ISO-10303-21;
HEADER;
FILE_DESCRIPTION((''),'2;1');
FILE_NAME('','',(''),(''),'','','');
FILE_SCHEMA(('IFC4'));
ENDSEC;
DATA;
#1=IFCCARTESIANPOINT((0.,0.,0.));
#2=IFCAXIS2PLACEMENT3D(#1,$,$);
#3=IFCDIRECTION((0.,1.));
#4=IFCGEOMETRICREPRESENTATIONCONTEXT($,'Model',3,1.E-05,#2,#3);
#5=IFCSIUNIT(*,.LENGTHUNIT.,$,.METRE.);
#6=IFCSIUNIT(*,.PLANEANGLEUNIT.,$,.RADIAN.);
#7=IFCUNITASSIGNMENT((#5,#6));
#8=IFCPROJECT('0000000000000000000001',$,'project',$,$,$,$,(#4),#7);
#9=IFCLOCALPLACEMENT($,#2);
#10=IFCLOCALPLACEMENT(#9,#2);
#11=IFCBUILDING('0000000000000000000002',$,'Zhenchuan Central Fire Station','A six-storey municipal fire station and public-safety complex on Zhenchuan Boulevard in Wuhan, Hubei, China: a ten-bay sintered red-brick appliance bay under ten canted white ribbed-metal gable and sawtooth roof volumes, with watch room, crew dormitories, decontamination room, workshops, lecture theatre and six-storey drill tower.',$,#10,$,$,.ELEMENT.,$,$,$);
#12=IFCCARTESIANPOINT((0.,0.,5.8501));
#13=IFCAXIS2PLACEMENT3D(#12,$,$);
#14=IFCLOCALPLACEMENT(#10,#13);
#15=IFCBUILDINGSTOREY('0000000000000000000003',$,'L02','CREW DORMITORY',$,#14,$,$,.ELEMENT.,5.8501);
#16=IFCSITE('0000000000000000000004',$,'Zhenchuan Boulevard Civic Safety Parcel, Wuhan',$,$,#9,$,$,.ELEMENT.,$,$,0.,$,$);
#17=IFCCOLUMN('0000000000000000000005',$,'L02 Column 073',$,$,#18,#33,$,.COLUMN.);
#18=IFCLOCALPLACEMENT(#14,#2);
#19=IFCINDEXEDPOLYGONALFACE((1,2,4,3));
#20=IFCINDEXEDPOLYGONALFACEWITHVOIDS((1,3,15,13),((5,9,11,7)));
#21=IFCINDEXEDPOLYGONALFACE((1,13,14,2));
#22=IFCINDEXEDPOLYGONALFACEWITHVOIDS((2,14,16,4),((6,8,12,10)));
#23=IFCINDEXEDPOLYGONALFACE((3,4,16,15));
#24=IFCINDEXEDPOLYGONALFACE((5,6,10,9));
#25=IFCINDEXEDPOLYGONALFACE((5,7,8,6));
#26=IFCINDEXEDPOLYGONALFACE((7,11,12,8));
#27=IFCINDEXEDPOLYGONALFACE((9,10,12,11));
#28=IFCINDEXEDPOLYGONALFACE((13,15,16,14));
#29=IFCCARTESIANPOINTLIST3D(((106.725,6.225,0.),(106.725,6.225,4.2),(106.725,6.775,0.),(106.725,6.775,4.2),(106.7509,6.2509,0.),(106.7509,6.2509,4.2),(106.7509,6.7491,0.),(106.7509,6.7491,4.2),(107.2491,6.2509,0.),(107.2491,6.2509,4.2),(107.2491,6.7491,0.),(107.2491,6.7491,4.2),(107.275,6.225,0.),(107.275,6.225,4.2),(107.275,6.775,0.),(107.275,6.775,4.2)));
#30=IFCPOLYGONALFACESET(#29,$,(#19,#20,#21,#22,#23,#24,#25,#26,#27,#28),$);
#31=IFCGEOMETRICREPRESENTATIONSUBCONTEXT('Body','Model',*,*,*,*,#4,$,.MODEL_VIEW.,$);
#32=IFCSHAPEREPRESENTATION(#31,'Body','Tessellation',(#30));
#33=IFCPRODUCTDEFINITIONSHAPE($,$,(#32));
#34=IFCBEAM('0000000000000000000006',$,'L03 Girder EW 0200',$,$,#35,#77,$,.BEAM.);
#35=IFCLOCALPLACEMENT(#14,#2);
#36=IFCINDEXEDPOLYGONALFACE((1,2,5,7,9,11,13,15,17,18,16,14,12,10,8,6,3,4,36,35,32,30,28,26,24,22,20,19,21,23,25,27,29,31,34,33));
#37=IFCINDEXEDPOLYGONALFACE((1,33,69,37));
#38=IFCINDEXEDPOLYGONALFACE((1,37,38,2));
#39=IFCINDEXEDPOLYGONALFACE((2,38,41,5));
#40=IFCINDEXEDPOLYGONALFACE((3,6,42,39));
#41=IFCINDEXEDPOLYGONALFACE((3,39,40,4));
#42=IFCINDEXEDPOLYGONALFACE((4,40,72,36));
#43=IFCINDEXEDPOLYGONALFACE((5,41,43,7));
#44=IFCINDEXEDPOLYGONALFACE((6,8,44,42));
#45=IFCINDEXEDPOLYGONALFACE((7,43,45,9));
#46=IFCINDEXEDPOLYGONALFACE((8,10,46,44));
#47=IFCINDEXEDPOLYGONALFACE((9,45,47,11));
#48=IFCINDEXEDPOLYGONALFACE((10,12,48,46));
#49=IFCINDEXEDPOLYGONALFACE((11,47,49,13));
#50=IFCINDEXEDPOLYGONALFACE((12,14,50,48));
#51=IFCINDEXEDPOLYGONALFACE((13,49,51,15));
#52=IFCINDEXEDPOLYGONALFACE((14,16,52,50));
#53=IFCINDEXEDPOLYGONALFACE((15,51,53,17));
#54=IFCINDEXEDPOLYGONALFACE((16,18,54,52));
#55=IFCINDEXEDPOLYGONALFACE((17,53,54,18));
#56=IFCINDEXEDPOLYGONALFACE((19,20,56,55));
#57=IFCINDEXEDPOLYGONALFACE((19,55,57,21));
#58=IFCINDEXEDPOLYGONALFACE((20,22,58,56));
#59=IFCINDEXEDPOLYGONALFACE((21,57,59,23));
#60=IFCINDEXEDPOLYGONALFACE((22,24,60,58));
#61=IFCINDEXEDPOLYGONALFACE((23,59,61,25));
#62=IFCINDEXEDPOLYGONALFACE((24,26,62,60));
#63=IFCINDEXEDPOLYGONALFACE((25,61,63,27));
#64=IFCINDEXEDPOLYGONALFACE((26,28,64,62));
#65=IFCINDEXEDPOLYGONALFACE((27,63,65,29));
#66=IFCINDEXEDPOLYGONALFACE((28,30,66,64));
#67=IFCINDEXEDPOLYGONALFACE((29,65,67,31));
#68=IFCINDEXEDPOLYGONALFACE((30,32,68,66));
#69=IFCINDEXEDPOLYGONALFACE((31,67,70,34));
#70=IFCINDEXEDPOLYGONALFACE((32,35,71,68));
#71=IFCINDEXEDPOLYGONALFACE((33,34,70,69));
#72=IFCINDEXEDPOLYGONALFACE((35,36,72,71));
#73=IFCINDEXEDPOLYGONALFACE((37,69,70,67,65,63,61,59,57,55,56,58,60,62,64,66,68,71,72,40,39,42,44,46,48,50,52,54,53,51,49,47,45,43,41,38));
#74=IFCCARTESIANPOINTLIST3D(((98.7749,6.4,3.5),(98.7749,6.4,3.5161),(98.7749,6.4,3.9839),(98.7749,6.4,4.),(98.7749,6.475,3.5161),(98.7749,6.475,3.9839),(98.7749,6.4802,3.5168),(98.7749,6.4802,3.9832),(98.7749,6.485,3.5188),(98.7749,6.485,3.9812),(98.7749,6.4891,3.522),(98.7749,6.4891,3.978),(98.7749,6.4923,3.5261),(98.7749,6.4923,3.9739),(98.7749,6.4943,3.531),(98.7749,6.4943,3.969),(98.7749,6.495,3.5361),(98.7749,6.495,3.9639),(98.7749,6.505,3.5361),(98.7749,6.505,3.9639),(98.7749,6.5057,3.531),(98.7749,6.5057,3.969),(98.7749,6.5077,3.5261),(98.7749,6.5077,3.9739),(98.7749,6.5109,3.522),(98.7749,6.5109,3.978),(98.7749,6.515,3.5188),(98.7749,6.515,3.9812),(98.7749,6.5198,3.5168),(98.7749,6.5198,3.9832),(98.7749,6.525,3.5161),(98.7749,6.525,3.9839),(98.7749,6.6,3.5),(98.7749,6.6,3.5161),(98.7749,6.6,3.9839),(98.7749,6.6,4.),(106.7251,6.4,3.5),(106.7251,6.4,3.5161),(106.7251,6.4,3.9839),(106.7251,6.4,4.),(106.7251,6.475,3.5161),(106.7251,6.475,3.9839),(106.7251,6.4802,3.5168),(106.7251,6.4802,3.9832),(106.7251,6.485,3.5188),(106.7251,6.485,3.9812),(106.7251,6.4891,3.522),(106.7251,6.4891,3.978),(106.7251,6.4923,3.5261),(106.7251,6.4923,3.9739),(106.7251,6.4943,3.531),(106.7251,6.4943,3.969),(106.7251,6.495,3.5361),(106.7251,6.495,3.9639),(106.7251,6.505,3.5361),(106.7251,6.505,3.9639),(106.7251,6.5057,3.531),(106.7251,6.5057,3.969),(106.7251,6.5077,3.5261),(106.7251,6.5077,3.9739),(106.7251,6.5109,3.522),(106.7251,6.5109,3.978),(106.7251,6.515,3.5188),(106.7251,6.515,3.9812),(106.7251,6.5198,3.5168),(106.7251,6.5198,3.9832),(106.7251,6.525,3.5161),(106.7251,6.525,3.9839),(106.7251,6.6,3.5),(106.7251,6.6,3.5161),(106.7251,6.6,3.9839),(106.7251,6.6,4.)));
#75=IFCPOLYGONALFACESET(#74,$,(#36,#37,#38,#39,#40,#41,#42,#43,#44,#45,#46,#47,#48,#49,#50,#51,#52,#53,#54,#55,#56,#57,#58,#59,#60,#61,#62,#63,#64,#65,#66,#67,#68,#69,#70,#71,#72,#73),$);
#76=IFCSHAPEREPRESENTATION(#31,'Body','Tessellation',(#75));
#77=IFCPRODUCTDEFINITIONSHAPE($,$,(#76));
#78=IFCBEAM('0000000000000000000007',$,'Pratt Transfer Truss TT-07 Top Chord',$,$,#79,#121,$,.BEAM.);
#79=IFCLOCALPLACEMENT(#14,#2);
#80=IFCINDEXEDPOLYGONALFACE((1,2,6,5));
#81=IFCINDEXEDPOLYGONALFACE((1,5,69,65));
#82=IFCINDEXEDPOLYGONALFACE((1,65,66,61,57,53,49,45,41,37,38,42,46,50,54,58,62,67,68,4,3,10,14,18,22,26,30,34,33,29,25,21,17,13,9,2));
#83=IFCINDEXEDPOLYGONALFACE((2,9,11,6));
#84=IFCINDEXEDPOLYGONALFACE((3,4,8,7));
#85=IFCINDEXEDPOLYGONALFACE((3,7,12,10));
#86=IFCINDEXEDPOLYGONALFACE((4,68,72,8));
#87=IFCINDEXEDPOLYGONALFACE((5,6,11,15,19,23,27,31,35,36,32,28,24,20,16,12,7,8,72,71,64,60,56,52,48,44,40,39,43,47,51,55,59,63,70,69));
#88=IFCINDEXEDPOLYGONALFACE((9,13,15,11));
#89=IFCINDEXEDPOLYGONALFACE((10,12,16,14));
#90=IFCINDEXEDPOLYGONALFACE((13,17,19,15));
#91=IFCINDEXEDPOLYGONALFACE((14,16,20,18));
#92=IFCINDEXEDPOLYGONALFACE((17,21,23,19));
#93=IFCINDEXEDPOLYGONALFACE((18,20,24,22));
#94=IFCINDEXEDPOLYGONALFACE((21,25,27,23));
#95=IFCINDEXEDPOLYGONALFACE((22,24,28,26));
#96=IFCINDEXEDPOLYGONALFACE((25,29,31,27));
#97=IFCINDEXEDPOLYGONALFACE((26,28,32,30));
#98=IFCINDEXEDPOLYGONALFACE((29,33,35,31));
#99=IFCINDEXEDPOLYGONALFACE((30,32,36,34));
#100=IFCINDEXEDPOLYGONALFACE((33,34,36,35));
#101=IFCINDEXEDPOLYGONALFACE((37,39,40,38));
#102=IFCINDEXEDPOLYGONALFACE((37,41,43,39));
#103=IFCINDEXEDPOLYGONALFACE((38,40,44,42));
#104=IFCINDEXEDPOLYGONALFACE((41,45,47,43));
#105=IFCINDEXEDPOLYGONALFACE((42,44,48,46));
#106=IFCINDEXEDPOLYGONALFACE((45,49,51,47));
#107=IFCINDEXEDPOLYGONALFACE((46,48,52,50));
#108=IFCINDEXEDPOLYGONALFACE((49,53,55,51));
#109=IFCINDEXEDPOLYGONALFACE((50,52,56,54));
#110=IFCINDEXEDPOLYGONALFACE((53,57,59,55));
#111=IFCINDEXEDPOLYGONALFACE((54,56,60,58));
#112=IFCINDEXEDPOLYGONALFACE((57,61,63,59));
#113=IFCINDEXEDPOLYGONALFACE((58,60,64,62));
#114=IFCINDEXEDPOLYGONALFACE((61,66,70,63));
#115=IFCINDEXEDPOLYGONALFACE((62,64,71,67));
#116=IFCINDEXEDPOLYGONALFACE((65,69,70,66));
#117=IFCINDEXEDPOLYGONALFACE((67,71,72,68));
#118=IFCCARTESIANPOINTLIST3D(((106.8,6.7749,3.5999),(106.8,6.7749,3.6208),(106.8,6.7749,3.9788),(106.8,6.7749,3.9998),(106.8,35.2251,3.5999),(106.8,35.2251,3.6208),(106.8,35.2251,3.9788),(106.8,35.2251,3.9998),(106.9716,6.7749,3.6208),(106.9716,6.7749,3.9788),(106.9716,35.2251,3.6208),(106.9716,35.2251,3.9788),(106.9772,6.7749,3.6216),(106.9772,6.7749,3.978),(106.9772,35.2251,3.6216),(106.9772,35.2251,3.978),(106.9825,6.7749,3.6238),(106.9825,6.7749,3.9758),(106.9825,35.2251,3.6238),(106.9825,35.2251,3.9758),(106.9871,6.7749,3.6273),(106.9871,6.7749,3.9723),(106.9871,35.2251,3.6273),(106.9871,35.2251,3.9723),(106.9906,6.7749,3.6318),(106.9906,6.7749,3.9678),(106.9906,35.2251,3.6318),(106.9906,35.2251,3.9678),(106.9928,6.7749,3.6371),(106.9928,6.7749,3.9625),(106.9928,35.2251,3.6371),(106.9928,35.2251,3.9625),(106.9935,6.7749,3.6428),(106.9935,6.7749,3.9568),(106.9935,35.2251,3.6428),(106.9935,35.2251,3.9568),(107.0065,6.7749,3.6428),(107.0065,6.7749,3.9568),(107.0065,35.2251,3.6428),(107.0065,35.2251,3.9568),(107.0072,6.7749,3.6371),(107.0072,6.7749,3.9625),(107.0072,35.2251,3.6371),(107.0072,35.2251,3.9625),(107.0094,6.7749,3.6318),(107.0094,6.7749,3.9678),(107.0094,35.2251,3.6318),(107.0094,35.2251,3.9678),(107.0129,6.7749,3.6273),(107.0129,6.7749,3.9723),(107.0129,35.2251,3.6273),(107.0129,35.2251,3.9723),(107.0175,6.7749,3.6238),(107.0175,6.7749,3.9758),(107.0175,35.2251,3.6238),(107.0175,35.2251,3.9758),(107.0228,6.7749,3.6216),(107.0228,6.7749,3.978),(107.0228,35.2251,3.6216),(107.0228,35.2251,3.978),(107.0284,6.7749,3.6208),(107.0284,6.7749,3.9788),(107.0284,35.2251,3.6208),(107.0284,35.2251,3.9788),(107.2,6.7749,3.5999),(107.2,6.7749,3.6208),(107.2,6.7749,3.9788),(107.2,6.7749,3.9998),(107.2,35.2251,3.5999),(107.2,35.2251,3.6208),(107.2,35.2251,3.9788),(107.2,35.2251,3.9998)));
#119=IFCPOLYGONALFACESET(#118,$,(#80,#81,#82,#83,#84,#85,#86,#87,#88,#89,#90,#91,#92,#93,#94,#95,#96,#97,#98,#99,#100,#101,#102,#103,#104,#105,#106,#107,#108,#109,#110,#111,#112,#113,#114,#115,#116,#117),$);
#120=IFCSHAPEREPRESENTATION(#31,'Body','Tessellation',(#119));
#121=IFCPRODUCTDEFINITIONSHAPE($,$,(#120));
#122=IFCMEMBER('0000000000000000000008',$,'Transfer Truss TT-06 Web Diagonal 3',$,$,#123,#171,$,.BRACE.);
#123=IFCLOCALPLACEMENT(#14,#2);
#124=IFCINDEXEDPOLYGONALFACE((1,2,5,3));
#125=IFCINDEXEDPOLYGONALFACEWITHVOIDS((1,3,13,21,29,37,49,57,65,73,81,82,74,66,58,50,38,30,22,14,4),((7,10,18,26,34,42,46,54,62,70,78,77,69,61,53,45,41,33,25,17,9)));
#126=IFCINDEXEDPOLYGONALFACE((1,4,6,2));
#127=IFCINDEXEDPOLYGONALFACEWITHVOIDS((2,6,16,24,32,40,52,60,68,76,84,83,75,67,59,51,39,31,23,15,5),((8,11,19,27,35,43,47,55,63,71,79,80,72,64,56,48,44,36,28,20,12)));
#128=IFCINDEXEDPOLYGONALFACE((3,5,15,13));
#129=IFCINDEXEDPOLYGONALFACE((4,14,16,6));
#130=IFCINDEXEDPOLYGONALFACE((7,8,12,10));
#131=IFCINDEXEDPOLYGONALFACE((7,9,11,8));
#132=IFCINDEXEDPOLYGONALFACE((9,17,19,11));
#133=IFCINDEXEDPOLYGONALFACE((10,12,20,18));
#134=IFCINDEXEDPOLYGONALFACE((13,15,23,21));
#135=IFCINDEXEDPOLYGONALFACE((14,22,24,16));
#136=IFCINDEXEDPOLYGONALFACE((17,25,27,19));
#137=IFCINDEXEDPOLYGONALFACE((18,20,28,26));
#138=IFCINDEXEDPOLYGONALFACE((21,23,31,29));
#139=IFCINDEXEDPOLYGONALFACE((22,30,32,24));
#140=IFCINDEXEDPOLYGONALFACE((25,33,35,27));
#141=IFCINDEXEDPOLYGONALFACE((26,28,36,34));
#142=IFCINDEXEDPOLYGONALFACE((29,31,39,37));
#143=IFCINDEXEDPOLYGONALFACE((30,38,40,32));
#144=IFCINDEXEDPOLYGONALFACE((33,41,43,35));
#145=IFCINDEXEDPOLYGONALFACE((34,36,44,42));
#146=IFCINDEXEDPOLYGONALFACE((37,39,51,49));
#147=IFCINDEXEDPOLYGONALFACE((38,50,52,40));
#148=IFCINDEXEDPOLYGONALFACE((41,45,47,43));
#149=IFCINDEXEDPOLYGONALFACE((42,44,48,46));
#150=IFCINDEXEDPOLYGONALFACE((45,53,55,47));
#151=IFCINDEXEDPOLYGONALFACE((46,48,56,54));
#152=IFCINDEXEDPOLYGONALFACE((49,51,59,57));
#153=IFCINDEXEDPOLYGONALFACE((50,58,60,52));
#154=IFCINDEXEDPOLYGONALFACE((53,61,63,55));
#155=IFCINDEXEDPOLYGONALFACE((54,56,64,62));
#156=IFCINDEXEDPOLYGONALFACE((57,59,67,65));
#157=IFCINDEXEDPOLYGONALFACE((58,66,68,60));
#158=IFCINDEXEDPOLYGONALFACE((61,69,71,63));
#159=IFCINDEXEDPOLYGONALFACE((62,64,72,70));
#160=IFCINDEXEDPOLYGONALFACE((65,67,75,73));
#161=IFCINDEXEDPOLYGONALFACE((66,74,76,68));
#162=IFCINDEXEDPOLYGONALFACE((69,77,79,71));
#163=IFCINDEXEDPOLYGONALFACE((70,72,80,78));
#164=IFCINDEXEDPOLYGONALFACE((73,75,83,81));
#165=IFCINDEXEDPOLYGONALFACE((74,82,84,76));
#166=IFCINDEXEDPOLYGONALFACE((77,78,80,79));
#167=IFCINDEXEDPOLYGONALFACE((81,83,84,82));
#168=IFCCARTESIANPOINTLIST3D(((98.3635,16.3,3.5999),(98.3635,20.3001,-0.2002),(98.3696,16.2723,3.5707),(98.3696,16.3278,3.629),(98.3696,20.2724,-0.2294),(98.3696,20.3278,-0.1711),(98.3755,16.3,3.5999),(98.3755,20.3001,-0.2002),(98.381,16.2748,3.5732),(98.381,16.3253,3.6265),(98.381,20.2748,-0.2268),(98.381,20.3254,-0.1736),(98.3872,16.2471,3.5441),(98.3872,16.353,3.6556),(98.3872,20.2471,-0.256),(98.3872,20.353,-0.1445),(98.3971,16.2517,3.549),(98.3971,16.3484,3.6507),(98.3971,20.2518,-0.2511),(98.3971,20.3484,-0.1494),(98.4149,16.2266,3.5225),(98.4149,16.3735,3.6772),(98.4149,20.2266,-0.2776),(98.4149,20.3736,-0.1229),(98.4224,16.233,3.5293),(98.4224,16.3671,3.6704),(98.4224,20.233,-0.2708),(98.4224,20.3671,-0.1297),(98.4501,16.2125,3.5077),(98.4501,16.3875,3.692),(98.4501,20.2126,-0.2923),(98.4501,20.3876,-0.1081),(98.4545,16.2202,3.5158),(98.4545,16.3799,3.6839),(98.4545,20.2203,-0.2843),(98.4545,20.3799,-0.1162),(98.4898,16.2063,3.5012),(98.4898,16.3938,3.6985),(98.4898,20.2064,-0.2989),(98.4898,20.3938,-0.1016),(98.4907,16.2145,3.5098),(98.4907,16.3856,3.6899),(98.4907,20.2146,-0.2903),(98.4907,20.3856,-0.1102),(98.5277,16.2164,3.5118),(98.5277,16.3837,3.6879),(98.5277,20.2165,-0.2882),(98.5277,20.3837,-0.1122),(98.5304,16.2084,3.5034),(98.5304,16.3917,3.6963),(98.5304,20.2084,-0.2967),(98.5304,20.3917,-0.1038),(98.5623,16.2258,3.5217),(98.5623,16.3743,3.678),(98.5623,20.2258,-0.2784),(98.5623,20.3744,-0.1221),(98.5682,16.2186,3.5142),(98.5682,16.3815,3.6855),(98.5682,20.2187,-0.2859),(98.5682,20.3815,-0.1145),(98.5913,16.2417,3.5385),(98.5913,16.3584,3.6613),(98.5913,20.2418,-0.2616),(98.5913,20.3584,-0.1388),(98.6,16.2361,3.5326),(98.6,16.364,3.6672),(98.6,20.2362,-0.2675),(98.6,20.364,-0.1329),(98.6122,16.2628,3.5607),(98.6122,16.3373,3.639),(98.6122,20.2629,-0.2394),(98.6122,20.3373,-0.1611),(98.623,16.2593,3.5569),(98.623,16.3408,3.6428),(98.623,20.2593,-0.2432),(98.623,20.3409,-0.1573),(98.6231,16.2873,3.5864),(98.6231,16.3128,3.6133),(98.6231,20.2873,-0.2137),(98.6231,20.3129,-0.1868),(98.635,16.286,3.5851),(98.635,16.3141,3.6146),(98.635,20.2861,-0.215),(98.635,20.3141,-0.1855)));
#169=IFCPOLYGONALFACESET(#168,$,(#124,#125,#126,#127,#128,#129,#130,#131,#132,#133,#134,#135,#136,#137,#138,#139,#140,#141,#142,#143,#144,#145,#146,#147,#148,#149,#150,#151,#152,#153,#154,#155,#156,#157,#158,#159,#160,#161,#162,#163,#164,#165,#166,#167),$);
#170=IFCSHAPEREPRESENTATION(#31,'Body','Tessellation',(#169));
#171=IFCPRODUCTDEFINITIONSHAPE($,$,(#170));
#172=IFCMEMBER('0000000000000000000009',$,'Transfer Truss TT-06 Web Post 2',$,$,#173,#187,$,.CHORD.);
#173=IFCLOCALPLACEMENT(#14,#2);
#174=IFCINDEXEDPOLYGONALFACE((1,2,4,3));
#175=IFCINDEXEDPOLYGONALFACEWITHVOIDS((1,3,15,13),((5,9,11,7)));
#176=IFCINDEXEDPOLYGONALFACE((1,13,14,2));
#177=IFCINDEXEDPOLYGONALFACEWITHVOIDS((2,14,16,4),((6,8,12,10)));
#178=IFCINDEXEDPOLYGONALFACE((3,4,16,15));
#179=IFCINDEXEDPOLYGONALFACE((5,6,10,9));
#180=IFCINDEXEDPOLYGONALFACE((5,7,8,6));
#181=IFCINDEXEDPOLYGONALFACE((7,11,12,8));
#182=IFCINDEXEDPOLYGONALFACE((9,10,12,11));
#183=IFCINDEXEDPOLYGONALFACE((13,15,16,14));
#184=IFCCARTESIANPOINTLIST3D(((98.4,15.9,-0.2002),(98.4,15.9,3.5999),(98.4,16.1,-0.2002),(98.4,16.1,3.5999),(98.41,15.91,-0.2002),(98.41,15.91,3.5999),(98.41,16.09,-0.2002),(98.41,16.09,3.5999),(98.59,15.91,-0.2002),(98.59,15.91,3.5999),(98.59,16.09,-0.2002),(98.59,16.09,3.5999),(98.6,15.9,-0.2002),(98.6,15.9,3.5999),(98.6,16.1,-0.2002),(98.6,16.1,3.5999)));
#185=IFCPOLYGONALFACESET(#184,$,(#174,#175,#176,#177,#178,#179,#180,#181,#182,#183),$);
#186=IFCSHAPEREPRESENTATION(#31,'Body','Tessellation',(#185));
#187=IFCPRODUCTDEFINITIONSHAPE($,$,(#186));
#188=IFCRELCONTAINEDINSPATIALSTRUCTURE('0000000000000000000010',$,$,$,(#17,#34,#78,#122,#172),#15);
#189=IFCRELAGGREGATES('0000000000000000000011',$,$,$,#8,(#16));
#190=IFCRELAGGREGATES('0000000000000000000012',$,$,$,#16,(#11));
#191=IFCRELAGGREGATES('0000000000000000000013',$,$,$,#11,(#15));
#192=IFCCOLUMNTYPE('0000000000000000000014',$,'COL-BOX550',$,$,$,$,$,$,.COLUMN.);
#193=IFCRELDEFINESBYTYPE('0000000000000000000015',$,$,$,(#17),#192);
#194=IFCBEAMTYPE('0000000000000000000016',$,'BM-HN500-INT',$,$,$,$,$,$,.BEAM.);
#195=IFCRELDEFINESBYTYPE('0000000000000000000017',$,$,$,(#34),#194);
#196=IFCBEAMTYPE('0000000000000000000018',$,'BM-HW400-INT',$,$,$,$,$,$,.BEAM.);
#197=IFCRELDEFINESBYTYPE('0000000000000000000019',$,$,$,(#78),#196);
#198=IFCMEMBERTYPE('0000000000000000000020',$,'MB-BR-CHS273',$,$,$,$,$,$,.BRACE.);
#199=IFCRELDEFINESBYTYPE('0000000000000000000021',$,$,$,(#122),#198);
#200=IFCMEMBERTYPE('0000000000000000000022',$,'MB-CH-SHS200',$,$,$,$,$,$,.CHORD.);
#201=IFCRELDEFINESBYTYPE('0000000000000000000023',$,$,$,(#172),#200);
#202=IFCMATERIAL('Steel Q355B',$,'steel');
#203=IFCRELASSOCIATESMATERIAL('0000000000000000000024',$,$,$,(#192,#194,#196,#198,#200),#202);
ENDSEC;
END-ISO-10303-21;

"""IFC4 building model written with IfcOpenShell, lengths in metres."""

from ifc_helpers import new_model, si_unit, direction, frame, origin, origin_2d, place, context, subcontext, project, spatial, hollow_rectangle, hollow_circle, i_section, extrude, material, material_profile, profile_set, type_object, element, save


model = new_model("IFC4")

# Units and contexts
model_context = context("Model", 3, precision=1e-05, world=origin(), true_north=direction((0.0, 1.0)))
body_context = subcontext(model_context, "Body", "Model", "MODEL_VIEW")
ifc_project = project(units=[si_unit("LENGTHUNIT", "METRE"), si_unit("PLANEANGLEUNIT", "RADIAN")], contexts=[model_context])

# Site, building, storey
site_placement = place(None, origin())
site = spatial("IfcSite", under=ifc_project, at=site_placement, Name="Zhenchuan Boulevard Civic Safety Parcel, Wuhan", CompositionType="ELEMENT", RefElevation=0.0)
building_placement = place(site_placement, origin())
building = spatial("IfcBuilding", under=site, at=building_placement, Name="Zhenchuan Central Fire Station", Description="A six-storey municipal fire station and public-safety complex on Zhenchuan Boulevard in Wuhan, Hubei, China: a ten-bay sintered red-brick appliance bay under ten canted white ribbed-metal gable and sawtooth roof volumes, with watch room, crew dormitories, decontamination room, workshops, lecture theatre and six-storey drill tower.", CompositionType="ELEMENT")
storey_placement = place(building_placement, frame((0.0, 0.0, 5.8501)))
storey = spatial("IfcBuildingStorey", under=building, at=storey_placement, Name="L02", Description="CREW DORMITORY", CompositionType="ELEMENT", Elevation=5.8501)

# Column
ifc_material_1 = material(Name="Steel Q355B", Category="steel")
ifc_material_profile_1 = material_profile(ifc_material_1, hollow_rectangle(XDim=0.55, YDim=0.55, WallThickness=0.0259, at=origin_2d()), Name="BOX 550x550x26")
ifc_profile_set_1 = profile_set([ifc_material_profile_1], Name="Steel Q355B")
column_type = type_object("IfcColumnType", Name="COL-BOX550", PredefinedType="COLUMN", material=ifc_profile_set_1)
column_placement = place(storey_placement, frame((107.0, 6.5, 0.0), z_axis=(0.0, 0.0, 1.0), x_axis=(1.0, 0.0, 0.0)))
element("IfcColumn", 1, at=column_placement, inside=storey, type_object=column_type, Name="L02 Column 073", PredefinedType="COLUMN", context=body_context, shape_type="SweptSolid", body=[
    extrude(hollow_rectangle(XDim=0.55, YDim=0.55, WallThickness=0.0259, at=origin_2d()), origin(), (0.0, 0.0, 1.0), 4.2),
])

# Beams
ifc_material_profile_2 = material_profile(ifc_material_1, i_section(OverallWidth=0.2, OverallDepth=0.5, WebThickness=0.01, FlangeThickness=0.0161, FilletRadius=0.02, at=origin_2d()), Name="HN 500x200")
ifc_profile_set_2 = profile_set([ifc_material_profile_2], Name="Steel Q355B")
beam_type_1 = type_object("IfcBeamType", Name="BM-HN500-INT", PredefinedType="BEAM", material=ifc_profile_set_2)
beam_1_placement = place(storey_placement, frame((98.7749, 6.5, 3.75), z_axis=(1.0, 0.0, 0.0), x_axis=(0.0, 1.0, 0.0)))
element("IfcBeam", 2, at=beam_1_placement, inside=storey, type_object=beam_type_1, Name="L03 Girder EW 0200", PredefinedType="BEAM", context=body_context, shape_type="SweptSolid", body=[
    extrude(i_section(OverallWidth=0.2, OverallDepth=0.5, WebThickness=0.01, FlangeThickness=0.0161, FilletRadius=0.02, at=origin_2d()), origin(), (0.0, 0.0, 1.0), 7.9502),
])
ifc_material_profile_3 = material_profile(ifc_material_1, i_section(OverallWidth=0.3999, OverallDepth=0.3999, WebThickness=0.0129, FlangeThickness=0.021, FilletRadius=0.022, at=origin_2d()), Name="HW 400x400")
ifc_profile_set_3 = profile_set([ifc_material_profile_3], Name="Steel Q355B")
beam_type_2 = type_object("IfcBeamType", Name="BM-HW400-INT", PredefinedType="BEAM", material=ifc_profile_set_3)
beam_2_placement = place(storey_placement, frame((107.0, 6.7749, 3.7998), z_axis=(0.0, 1.0, 0.0), x_axis=(-1.0, 0.0, 0.0)))
element("IfcBeam", 3, at=beam_2_placement, inside=storey, type_object=beam_type_2, Name="Pratt Transfer Truss TT-07 Top Chord", PredefinedType="BEAM", context=body_context, shape_type="SweptSolid", body=[
    extrude(i_section(OverallWidth=0.3999, OverallDepth=0.3999, WebThickness=0.0129, FlangeThickness=0.021, FilletRadius=0.022, at=origin_2d()), origin(), (0.0, 0.0, 1.0), 28.4502),
])

# Members
ifc_material_profile_4 = material_profile(ifc_material_1, hollow_circle(Radius=0.1365, WallThickness=0.012, at=origin_2d()), Name="CHS 273x12")
ifc_profile_set_4 = profile_set([ifc_material_profile_4], Name="Steel Q355B")
member_type_1 = type_object("IfcMemberType", Name="MB-BR-CHS273", PredefinedType="BRACE", material=ifc_profile_set_4)
member_1_placement = place(storey_placement, frame((98.5, 16.3, 3.5999), z_axis=(0.0, 0.724995, -0.688754), x_axis=(-1.0, 0.0, 0.0)))
element("IfcMember", 4, at=member_1_placement, inside=storey, type_object=member_type_1, Name="Transfer Truss TT-06 Web Diagonal 3", PredefinedType="BRACE", context=body_context, shape_type="SweptSolid", body=[
    extrude(hollow_circle(Radius=0.1365, WallThickness=0.012, at=origin_2d()), origin(), (0.0, 0.0, 1.0), 5.5173),
])
ifc_material_profile_5 = material_profile(ifc_material_1, hollow_rectangle(XDim=0.2, YDim=0.2, WallThickness=0.01, at=origin_2d()), Name="SHS 200x200x10")
ifc_profile_set_5 = profile_set([ifc_material_profile_5], Name="Steel Q355B")
member_type_2 = type_object("IfcMemberType", Name="MB-CH-SHS200", PredefinedType="CHORD", material=ifc_profile_set_5)
member_2_placement = place(storey_placement, frame((98.5, 16.0, -0.2002), z_axis=(0.0, 0.0, 1.0), x_axis=(1.0, 0.0, 0.0)))
element("IfcMember", 5, at=member_2_placement, inside=storey, type_object=member_type_2, Name="Transfer Truss TT-06 Web Post 2", PredefinedType="CHORD", context=body_context, shape_type="SweptSolid", body=[
    extrude(hollow_rectangle(XDim=0.2, YDim=0.2, WallThickness=0.01, at=origin_2d()), origin(), (0.0, 0.0, 1.0), 3.8),
])

save(model, "model.ifc")
